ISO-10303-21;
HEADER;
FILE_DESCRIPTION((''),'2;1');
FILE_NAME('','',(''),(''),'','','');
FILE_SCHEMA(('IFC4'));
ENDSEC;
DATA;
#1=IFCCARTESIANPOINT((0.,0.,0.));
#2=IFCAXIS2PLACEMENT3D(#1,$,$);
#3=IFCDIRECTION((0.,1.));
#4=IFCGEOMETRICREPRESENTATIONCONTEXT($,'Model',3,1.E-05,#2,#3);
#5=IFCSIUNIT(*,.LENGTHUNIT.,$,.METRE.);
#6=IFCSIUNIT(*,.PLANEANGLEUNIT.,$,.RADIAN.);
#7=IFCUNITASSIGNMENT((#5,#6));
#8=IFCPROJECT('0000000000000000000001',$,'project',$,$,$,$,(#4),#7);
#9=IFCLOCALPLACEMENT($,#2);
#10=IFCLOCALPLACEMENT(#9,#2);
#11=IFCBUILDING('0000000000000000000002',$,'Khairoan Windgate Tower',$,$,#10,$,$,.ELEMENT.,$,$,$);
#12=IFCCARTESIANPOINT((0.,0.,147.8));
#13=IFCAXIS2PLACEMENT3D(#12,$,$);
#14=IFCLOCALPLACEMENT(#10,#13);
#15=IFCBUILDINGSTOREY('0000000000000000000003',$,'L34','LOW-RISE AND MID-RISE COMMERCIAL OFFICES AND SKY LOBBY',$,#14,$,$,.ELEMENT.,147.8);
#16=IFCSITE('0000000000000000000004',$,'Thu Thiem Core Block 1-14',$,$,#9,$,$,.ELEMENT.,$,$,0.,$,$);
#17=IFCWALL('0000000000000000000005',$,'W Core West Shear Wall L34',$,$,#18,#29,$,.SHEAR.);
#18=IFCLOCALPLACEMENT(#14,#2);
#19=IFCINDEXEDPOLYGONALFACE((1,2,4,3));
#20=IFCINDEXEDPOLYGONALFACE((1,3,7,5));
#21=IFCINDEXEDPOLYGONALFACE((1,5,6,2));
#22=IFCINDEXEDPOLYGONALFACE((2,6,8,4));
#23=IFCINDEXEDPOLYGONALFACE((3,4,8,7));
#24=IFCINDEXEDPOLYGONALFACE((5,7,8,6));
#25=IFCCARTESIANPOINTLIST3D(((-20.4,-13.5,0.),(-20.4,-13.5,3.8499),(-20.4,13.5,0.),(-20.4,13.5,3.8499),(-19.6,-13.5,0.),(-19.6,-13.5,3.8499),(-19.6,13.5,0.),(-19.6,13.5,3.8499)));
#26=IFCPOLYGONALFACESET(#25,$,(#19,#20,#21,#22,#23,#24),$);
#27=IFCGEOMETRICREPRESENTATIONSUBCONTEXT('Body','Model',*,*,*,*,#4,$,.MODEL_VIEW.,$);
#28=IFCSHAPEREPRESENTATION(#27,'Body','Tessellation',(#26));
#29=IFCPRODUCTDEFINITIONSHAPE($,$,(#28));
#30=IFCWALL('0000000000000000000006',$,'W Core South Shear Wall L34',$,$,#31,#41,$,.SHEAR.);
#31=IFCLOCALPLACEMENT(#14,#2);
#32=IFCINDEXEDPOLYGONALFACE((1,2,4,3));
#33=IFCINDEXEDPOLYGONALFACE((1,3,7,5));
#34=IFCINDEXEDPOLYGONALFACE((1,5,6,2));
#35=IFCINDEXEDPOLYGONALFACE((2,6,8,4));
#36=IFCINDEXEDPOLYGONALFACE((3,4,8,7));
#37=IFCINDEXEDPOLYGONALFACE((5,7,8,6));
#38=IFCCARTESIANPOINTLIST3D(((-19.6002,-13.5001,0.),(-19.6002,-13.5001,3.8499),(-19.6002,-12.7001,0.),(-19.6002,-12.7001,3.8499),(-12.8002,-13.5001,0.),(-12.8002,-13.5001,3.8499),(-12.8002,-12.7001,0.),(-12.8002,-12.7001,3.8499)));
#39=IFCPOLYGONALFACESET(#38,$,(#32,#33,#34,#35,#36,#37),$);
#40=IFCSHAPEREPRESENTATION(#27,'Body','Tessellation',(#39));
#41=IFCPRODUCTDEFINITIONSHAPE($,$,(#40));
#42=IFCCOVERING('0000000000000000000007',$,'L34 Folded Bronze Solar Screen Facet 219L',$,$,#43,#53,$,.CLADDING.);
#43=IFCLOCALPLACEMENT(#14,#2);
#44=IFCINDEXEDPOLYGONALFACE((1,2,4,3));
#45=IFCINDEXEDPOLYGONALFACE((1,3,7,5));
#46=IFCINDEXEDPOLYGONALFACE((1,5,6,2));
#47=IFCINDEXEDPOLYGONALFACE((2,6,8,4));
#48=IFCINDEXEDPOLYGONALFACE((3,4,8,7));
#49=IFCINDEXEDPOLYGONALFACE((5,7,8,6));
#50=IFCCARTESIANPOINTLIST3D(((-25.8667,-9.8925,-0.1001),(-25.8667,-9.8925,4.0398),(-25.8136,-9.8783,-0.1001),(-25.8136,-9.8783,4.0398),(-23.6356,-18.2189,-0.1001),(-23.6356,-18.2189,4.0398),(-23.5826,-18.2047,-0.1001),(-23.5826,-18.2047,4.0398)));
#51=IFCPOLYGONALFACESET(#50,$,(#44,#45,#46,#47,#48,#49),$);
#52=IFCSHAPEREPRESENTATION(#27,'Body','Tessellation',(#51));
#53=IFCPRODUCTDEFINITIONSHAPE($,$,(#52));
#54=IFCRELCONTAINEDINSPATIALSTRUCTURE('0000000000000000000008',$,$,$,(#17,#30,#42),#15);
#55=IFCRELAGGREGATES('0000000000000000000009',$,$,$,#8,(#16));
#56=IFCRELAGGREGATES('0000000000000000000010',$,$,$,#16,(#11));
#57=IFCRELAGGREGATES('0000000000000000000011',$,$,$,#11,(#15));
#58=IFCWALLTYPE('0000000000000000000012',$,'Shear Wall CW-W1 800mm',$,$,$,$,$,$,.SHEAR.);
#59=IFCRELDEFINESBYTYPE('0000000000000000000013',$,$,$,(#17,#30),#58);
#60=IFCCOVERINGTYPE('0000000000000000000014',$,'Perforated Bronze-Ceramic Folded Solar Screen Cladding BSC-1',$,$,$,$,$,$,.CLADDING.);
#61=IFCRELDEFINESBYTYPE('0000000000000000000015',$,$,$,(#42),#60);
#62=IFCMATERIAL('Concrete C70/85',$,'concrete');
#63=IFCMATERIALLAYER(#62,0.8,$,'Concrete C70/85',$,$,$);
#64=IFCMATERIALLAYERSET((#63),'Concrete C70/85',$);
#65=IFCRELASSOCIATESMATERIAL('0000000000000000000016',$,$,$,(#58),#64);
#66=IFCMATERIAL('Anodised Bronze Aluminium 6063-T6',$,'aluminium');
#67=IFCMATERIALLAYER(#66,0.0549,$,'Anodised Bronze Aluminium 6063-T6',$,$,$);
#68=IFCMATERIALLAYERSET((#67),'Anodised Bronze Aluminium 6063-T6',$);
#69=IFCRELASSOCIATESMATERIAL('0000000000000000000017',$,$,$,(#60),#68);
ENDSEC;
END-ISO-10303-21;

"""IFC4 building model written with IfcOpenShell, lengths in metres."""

from ifc_helpers import new_model, si_unit, direction, frame, frame_2d, origin, origin_2d, place, context, subcontext, project, spatial, rectangle, extrude, material, layer, layer_set, type_object, element, save


model = new_model("IFC4")

# Units and contexts
model_context = context("Model", 3, precision=1e-05, world=origin(), true_north=direction((0.0, 1.0)))
body_context = subcontext(model_context, "Body", "Model", "MODEL_VIEW")
ifc_project = project(units=[si_unit("LENGTHUNIT", "METRE"), si_unit("PLANEANGLEUNIT", "RADIAN")], contexts=[model_context])

# Site, building, storey
site_placement = place(None, origin())
site = spatial("IfcSite", under=ifc_project, at=site_placement, Name="Thu Thiem Core Block 1-14", CompositionType="ELEMENT", RefElevation=0.0)
building_placement = place(site_placement, origin())
building = spatial("IfcBuilding", under=site, at=building_placement, Name="Khairoan Windgate Tower", CompositionType="ELEMENT")
storey_placement = place(building_placement, frame((0.0, 0.0, 147.8)))
storey = spatial("IfcBuildingStorey", under=building, at=storey_placement, Name="L34", Description="LOW-RISE AND MID-RISE COMMERCIAL OFFICES AND SKY LOBBY", CompositionType="ELEMENT", Elevation=147.8)

# Walls
ifc_material_1 = material(Name="Concrete C70/85", Category="concrete")
ifc_layer_1 = layer(ifc_material_1, 0.8, Name="Concrete C70/85")
ifc_layer_set_1 = layer_set([ifc_layer_1], Name="Concrete C70/85")
wall_type_1 = type_object("IfcWallType", Name="Shear Wall CW-W1 800mm", PredefinedType="SHEAR", material=ifc_layer_set_1)
wall_1_placement = place(storey_placement, frame((-20.0, -13.5, 0.0), z_axis=(0.0, 0.0, 1.0), x_axis=(0.0, 1.0, 0.0)))
element("IfcWall", 1, at=wall_1_placement, inside=storey, type_object=wall_type_1, Name="W Core West Shear Wall L34", PredefinedType="SHEAR", context=body_context, shape_type="SweptSolid", body=[
    extrude(rectangle(XDim=27.0, YDim=0.8, at=frame_2d((13.5, 0.0))), origin(), (0.0, 0.0, 1.0), 3.8499),
])
wall_2_placement = place(storey_placement, frame((-19.6001, -13.1001, 0.0), z_axis=(0.0, 0.0, 1.0), x_axis=(1.0, 0.0, 0.0)))
element("IfcWall", 2, at=wall_2_placement, inside=storey, type_object=wall_type_1, Name="W Core South Shear Wall L34", PredefinedType="SHEAR", context=body_context, shape_type="SweptSolid", body=[
    extrude(rectangle(XDim=6.8, YDim=0.8, at=frame_2d((3.3999, 0.0))), origin(), (0.0, 0.0, 1.0), 3.8499),
])

# Covering
ifc_material_2 = material(Name="Anodised Bronze Aluminium 6063-T6", Category="aluminium")
ifc_layer_2 = layer(ifc_material_2, 0.0549, Name="Anodised Bronze Aluminium 6063-T6")
ifc_layer_set_2 = layer_set([ifc_layer_2], Name="Anodised Bronze Aluminium 6063-T6")
covering_type = type_object("IfcCoveringType", Name="Perforated Bronze-Ceramic Folded Solar Screen Cladding BSC-1", PredefinedType="CLADDING", material=ifc_layer_set_2)
covering_placement = place(storey_placement, frame((-24.7246, -14.0486, -0.1001), z_axis=(0.0, 0.0, 1.0), x_axis=(-0.258819, 0.965926, 0.0)))
element("IfcCovering", 3, at=covering_placement, inside=storey, type_object=covering_type, Name="L34 Folded Bronze Solar Screen Facet 219L", PredefinedType="CLADDING", context=body_context, shape_type="SweptSolid", body=[
    extrude(rectangle(XDim=8.6201, YDim=0.0549, at=origin_2d()), origin(), (0.0, 0.0, 1.0), 4.1399),
])

save(model, "model.ifc")
